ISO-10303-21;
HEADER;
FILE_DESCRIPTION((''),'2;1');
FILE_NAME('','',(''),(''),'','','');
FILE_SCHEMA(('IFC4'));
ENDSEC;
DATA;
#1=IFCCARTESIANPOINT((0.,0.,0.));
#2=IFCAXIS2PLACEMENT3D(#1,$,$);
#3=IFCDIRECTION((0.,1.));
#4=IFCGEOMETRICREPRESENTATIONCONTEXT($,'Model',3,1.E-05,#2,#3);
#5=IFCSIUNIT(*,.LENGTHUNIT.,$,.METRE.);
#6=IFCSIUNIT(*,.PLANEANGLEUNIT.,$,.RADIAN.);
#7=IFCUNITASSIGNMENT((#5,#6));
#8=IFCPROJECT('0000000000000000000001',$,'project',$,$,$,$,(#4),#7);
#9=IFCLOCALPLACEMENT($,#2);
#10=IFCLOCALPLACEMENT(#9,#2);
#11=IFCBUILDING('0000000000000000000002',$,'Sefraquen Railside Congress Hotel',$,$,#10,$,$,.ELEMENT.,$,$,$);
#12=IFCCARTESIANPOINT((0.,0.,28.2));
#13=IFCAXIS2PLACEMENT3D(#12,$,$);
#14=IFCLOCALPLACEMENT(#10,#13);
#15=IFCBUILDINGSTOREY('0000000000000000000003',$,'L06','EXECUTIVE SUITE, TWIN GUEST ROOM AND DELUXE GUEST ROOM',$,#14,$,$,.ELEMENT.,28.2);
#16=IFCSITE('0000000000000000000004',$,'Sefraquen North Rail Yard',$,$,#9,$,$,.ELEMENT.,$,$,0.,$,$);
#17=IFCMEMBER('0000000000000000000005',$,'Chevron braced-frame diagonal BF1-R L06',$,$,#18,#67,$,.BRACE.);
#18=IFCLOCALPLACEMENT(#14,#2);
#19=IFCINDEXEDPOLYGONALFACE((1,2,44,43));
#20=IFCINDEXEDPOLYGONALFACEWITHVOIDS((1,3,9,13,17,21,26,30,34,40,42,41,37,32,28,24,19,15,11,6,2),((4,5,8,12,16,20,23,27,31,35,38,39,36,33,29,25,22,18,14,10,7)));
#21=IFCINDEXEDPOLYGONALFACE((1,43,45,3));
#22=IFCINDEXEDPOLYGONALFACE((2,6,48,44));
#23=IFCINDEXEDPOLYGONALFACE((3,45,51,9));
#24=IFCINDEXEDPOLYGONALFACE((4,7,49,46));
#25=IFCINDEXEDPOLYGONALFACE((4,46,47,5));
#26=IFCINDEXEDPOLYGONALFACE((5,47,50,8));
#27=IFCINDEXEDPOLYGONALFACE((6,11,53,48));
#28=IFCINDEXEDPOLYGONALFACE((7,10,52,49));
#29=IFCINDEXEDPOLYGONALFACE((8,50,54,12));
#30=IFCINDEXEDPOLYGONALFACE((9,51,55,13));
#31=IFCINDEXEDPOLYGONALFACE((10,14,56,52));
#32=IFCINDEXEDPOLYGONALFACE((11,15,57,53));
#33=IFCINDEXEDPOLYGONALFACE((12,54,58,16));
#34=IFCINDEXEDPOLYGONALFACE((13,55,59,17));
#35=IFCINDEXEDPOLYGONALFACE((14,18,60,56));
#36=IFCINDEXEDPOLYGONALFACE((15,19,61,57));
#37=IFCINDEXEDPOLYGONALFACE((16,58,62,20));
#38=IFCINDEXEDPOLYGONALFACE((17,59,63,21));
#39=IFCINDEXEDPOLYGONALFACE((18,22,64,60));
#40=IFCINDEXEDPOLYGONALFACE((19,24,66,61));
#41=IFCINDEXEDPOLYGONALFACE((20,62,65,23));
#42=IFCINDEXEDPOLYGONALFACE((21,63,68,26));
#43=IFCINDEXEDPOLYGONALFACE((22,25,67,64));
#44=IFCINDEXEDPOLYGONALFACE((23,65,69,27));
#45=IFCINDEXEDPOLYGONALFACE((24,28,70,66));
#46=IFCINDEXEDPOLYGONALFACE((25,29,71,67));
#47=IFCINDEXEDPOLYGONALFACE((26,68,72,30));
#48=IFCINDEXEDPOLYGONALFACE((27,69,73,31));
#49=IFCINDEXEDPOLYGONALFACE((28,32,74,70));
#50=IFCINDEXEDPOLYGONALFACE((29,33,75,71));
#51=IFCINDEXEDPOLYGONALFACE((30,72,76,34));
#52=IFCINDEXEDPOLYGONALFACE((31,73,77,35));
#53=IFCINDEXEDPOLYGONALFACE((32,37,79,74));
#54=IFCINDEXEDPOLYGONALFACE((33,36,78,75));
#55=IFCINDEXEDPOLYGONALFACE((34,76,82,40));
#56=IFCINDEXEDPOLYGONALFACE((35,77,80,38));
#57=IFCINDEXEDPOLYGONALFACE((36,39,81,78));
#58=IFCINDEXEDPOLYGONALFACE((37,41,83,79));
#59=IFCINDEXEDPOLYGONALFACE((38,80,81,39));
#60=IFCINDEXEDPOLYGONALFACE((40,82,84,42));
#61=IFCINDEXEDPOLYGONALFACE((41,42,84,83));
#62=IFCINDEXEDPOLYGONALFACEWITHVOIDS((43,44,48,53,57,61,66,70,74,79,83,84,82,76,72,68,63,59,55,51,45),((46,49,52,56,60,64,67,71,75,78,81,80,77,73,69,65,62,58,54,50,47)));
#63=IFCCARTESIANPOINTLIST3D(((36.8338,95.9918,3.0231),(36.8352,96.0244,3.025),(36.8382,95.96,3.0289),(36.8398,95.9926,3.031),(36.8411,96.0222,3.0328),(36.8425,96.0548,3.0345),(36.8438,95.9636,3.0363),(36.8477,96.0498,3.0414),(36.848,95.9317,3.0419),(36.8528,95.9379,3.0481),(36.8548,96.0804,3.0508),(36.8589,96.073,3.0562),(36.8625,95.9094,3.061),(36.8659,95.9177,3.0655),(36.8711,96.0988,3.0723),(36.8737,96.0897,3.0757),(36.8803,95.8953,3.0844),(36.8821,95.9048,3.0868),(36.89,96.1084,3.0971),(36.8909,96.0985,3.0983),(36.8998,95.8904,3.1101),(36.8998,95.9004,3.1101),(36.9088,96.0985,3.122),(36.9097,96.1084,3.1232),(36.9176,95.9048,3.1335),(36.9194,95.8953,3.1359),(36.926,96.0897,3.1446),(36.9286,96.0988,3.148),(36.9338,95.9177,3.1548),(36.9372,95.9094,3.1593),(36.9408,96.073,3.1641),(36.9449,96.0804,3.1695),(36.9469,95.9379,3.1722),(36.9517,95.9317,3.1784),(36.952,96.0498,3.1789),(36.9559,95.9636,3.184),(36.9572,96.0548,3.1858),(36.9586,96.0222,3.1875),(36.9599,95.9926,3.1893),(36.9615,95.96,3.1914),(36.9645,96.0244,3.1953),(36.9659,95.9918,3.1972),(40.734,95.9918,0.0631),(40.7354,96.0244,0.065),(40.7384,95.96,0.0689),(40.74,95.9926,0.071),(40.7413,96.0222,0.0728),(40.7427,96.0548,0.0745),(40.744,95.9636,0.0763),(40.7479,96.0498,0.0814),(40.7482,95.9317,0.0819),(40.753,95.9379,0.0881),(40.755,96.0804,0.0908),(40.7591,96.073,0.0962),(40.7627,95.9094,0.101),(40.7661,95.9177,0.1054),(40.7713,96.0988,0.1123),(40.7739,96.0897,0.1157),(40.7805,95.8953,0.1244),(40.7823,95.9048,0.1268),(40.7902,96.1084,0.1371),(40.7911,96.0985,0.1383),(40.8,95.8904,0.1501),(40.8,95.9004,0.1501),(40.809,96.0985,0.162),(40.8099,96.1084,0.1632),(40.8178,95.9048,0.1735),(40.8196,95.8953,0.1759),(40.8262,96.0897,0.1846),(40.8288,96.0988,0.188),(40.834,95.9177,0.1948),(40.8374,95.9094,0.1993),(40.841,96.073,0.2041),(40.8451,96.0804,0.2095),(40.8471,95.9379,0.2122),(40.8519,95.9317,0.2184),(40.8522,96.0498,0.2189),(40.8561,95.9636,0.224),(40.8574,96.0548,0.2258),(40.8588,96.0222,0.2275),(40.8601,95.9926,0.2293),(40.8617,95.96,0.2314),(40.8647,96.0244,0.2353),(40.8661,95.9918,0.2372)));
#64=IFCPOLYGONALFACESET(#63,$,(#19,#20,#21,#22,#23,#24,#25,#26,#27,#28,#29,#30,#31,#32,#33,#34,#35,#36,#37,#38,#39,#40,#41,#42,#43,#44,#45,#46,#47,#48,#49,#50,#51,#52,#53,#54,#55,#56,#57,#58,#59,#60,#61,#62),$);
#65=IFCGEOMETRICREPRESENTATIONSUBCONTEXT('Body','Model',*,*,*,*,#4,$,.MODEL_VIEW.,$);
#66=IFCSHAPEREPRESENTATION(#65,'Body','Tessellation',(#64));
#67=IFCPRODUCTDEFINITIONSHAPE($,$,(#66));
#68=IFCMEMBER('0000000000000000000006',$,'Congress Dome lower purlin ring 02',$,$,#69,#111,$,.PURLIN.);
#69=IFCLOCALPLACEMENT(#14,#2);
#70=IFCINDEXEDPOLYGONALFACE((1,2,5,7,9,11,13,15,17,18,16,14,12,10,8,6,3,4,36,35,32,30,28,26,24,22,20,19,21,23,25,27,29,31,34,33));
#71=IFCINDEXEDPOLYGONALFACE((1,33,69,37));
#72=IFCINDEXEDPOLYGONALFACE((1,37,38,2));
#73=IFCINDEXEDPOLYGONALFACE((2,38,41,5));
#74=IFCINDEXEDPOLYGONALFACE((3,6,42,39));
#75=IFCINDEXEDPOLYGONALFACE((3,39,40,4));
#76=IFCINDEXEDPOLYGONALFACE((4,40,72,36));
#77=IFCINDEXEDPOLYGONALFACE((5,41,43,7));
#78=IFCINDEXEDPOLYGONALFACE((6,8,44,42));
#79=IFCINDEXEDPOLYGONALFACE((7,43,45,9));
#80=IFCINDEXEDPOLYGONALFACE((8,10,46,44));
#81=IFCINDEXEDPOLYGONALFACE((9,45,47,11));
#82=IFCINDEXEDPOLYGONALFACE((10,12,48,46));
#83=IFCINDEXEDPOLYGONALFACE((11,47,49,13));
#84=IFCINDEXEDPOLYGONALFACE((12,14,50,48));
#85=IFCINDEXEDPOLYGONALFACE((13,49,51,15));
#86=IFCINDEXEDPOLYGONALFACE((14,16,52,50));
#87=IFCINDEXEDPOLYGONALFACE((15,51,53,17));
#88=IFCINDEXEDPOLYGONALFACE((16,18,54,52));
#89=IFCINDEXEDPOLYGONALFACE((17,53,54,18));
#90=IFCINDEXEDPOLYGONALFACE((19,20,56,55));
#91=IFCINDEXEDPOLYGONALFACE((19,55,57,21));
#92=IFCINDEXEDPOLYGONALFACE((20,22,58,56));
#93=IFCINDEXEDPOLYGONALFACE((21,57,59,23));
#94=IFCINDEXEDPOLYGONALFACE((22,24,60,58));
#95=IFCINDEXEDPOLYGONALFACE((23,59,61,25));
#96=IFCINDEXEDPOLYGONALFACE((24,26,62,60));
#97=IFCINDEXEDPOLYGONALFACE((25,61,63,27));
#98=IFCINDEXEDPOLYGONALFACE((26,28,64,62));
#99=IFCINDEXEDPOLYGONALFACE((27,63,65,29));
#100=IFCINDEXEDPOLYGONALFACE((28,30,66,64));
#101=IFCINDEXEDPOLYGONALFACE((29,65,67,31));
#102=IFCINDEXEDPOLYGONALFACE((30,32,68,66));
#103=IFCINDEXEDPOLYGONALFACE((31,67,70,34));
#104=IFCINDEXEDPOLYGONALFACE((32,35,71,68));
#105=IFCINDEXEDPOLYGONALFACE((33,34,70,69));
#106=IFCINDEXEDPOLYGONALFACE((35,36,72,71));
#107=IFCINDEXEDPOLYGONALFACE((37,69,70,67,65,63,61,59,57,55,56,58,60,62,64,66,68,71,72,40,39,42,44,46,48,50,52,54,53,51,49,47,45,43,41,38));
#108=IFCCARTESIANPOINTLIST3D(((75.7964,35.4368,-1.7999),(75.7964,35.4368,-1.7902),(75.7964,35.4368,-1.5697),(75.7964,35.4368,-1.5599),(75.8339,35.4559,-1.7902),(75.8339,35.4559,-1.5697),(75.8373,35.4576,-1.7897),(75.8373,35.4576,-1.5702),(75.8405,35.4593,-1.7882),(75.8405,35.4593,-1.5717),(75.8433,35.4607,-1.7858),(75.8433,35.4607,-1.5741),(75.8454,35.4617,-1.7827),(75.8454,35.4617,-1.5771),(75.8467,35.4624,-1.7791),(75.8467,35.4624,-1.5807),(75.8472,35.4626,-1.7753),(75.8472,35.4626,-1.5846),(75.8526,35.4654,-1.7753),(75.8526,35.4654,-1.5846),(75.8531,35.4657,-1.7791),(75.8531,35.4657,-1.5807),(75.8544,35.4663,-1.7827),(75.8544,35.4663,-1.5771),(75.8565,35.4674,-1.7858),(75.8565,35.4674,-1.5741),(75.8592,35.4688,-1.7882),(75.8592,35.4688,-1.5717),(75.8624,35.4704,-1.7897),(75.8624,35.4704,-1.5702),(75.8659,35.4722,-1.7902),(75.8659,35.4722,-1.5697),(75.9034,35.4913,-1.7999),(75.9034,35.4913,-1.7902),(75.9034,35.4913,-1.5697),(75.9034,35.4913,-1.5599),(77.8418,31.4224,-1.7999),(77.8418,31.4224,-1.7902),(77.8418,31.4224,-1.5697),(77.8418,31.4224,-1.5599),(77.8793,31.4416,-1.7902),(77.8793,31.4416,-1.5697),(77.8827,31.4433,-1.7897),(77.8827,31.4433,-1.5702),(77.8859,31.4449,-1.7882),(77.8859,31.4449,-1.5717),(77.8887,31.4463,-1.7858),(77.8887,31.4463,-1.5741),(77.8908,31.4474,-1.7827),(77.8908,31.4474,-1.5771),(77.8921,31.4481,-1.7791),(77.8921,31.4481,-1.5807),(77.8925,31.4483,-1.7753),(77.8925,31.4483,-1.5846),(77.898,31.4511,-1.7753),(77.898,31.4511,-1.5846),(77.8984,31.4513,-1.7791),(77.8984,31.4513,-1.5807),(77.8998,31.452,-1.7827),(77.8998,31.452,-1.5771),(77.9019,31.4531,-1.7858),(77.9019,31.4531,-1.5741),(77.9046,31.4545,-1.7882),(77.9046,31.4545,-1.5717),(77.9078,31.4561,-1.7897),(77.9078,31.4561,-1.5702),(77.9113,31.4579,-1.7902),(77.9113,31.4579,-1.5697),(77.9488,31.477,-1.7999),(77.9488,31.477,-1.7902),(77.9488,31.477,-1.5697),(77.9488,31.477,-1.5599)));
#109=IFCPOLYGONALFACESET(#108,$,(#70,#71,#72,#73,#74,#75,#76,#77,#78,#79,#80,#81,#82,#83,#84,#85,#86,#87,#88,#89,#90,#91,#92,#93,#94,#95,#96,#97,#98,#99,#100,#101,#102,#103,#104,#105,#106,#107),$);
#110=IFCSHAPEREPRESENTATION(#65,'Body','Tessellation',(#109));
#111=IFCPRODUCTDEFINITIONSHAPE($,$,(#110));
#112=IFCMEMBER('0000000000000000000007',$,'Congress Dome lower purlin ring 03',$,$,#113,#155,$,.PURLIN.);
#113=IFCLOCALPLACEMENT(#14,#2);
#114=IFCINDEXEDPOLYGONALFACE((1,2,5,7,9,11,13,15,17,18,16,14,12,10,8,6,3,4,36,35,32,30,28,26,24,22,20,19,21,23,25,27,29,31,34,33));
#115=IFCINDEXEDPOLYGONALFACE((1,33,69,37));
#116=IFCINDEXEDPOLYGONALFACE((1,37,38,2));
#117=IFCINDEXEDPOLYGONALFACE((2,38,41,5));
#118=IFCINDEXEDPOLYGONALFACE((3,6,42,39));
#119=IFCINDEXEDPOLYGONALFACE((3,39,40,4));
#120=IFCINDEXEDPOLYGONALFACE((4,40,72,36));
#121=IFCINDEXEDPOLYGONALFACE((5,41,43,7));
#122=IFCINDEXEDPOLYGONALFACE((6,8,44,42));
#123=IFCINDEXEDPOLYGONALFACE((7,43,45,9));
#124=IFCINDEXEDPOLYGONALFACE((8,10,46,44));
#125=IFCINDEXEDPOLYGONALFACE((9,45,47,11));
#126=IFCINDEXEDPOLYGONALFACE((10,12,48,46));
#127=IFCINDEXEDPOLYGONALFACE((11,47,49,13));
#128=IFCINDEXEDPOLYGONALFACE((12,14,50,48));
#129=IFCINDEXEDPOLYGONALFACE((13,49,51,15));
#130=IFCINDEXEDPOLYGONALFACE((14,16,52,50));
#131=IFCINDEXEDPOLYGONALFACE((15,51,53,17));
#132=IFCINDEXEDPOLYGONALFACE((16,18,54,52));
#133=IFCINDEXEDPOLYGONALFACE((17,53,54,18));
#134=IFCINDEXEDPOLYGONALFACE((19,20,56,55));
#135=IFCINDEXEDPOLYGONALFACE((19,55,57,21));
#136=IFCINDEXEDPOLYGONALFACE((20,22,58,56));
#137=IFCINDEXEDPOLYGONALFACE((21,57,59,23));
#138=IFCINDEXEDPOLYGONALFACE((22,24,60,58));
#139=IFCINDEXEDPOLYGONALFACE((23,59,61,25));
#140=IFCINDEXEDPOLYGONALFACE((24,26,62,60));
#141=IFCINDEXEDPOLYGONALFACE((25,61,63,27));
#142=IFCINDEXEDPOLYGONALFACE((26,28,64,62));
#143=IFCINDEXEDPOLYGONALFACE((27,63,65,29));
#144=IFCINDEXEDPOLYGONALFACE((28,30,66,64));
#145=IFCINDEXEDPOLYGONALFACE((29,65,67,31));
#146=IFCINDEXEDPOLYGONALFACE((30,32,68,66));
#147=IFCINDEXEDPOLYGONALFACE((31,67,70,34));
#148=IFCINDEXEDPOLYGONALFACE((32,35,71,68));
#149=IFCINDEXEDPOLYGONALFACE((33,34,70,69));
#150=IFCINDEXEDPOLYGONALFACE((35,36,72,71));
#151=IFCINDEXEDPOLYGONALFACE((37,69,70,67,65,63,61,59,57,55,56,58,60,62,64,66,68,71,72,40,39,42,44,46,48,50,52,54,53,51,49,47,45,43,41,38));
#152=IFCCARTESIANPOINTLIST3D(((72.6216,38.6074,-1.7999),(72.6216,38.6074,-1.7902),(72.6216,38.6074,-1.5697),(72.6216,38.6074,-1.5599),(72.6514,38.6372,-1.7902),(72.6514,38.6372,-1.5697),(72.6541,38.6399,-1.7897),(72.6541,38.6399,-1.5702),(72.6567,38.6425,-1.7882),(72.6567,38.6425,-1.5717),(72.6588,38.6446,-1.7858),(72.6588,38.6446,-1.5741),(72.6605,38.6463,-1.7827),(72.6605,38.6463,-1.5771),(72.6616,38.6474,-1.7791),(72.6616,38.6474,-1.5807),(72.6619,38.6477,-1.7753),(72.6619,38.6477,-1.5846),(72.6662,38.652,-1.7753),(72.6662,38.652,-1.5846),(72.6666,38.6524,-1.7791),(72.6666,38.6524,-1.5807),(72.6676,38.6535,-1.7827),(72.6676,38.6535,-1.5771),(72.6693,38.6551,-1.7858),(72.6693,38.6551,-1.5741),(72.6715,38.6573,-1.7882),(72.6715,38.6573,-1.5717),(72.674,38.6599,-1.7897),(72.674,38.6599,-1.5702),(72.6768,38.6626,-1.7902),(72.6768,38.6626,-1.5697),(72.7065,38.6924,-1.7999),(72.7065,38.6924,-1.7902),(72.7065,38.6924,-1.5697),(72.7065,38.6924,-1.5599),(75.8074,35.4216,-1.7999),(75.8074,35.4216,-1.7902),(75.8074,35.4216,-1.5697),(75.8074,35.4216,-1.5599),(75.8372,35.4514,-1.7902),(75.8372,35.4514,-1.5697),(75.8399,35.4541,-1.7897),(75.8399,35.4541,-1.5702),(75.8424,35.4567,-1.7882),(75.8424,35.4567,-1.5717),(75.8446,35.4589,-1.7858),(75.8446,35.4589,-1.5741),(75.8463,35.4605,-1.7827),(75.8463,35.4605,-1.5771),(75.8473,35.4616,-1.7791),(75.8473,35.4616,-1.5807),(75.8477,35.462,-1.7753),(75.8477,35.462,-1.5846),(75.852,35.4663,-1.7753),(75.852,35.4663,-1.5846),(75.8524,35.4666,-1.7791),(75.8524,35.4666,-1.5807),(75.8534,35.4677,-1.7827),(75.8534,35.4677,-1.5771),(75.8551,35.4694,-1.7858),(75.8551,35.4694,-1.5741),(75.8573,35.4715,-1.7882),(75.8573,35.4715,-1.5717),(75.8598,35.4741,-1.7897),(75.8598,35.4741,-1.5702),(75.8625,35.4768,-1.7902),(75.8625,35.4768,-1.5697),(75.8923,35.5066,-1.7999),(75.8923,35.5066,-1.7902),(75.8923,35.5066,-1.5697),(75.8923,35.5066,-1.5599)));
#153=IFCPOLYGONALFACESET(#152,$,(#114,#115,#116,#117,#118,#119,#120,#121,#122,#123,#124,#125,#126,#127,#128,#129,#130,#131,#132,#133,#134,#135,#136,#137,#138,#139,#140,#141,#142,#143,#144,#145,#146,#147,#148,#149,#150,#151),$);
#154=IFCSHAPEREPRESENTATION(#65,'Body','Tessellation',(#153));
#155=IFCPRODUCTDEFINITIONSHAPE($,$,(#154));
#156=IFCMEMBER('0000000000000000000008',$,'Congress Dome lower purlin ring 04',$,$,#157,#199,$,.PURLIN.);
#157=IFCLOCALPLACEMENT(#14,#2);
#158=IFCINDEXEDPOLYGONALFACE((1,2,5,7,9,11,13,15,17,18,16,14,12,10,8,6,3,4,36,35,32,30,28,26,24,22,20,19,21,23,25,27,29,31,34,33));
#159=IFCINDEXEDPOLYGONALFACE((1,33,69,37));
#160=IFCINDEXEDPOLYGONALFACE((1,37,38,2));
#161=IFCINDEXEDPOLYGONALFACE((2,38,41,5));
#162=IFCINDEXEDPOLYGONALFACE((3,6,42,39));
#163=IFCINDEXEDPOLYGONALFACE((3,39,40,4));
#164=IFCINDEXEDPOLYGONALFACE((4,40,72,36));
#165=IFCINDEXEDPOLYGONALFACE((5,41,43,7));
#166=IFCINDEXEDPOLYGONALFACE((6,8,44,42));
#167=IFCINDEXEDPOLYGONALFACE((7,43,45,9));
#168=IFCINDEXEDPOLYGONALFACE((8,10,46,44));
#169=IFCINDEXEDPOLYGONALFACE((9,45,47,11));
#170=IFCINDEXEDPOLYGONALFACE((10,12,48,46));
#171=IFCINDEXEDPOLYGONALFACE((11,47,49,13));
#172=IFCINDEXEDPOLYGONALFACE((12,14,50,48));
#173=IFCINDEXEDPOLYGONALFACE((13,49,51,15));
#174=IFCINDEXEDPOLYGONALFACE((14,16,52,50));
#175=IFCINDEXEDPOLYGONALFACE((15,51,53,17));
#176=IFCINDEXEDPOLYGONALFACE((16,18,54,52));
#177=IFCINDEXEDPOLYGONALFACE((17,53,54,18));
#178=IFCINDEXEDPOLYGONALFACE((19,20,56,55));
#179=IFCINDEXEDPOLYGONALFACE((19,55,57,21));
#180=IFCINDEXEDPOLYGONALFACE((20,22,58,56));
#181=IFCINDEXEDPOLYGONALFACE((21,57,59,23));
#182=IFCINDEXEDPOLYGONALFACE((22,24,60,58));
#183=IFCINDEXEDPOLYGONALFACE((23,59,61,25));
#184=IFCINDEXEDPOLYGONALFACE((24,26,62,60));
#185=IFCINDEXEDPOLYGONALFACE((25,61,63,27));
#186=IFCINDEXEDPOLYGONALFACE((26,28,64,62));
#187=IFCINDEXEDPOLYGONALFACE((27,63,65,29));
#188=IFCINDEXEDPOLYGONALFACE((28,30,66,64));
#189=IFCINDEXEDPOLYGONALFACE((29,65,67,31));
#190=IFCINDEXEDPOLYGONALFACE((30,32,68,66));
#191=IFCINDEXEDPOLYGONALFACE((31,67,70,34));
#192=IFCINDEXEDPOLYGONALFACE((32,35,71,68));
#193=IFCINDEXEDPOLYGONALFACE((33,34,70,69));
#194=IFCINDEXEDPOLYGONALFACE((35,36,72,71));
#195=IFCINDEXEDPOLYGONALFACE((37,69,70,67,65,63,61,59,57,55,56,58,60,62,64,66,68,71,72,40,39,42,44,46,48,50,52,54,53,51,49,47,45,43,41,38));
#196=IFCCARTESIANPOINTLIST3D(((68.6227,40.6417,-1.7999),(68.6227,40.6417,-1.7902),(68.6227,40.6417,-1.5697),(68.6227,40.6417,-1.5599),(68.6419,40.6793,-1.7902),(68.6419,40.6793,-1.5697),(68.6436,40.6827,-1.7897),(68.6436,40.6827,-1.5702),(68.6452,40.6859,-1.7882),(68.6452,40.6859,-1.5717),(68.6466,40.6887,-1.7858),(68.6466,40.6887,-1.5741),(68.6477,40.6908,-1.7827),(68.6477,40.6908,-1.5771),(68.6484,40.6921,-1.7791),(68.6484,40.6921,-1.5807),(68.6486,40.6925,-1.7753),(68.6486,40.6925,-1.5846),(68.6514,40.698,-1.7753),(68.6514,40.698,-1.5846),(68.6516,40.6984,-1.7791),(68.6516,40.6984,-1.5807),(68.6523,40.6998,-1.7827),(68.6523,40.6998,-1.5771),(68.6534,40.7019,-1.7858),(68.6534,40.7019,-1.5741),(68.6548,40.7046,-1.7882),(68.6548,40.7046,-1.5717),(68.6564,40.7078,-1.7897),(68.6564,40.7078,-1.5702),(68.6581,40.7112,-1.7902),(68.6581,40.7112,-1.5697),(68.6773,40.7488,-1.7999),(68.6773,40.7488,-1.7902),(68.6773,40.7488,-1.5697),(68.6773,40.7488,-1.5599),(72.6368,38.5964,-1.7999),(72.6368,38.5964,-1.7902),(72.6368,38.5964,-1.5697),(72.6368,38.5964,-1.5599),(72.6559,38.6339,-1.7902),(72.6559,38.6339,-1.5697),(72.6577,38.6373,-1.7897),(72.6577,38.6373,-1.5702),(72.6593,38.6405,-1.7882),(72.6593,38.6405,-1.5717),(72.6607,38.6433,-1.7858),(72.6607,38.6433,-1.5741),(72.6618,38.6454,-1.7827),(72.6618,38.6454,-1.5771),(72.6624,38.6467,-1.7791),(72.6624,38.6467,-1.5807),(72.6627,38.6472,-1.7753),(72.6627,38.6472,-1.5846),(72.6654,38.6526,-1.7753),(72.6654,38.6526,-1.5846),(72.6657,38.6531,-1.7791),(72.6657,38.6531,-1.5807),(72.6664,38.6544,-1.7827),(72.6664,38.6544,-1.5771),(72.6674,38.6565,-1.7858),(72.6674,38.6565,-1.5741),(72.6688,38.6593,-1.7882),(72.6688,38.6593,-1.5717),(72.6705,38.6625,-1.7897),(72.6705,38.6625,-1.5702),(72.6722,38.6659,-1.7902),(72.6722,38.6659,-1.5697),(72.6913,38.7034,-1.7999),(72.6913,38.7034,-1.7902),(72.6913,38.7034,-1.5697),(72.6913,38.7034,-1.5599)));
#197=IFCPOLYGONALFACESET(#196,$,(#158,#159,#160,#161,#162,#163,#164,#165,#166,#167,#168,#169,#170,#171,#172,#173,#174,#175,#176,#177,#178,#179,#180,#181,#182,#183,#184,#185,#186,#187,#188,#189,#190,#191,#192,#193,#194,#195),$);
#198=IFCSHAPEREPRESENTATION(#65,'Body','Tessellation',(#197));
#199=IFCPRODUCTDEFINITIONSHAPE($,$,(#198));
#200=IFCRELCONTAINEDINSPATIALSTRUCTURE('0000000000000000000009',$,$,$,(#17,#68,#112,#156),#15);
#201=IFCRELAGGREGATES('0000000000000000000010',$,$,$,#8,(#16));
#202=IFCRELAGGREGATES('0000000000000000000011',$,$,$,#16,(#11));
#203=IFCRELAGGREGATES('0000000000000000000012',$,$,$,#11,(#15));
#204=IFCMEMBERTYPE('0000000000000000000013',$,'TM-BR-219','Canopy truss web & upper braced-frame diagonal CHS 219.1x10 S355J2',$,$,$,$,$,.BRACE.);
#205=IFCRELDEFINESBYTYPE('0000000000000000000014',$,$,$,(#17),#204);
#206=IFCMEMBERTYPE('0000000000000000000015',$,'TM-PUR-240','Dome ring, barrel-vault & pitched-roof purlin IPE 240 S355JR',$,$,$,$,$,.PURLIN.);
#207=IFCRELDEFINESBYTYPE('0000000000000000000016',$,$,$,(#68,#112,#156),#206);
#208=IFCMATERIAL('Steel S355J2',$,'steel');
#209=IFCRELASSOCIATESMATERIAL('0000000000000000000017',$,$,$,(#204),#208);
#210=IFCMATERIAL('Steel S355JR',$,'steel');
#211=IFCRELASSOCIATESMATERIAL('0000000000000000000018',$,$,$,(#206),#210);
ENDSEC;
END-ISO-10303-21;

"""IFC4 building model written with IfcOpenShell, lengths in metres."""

from ifc_helpers import new_model, si_unit, direction, frame, origin, origin_2d, place, context, subcontext, project, spatial, hollow_circle, i_section, extrude, material, material_profile, profile_set, type_object, element, save


model = new_model("IFC4")

# Units and contexts
model_context = context("Model", 3, precision=1e-05, world=origin(), true_north=direction((0.0, 1.0)))
body_context = subcontext(model_context, "Body", "Model", "MODEL_VIEW")
ifc_project = project(units=[si_unit("LENGTHUNIT", "METRE"), si_unit("PLANEANGLEUNIT", "RADIAN")], contexts=[model_context])

# Site, building, storey
site_placement = place(None, origin())
site = spatial("IfcSite", under=ifc_project, at=site_placement, Name="Sefraquen North Rail Yard", CompositionType="ELEMENT", RefElevation=0.0)
building_placement = place(site_placement, origin())
building = spatial("IfcBuilding", under=site, at=building_placement, Name="Sefraquen Railside Congress Hotel", CompositionType="ELEMENT")
storey_placement = place(building_placement, frame((0.0, 0.0, 28.2)))
storey = spatial("IfcBuildingStorey", under=building, at=storey_placement, Name="L06", Description="EXECUTIVE SUITE, TWIN GUEST ROOM AND DELUXE GUEST ROOM", CompositionType="ELEMENT", Elevation=28.2)

# Shared definitions
ifc_material_1 = material(Name="Steel S355JR", Category="steel")

# Members
ifc_material_2 = material(Name="Steel S355J2", Category="steel")
ifc_material_profile_1 = material_profile(ifc_material_2, hollow_circle(Radius=0.1096, WallThickness=0.01, at=origin_2d()), Name="CHS 219.1x10")
ifc_profile_set_1 = profile_set([ifc_material_profile_1], Name="Steel S355J2")
member_type_1 = type_object("IfcMemberType", Name="TM-BR-219", Description="Canopy truss web & upper braced-frame diagonal CHS 219.1x10 S355J2", PredefinedType="BRACE", material=ifc_profile_set_1)
member_1_placement = place(storey_placement, frame((40.8, 96.0, 0.1501), z_axis=(-0.79657, 0.0, 0.604546), x_axis=(0.0, -1.0, 0.0)))
element("IfcMember", 1, at=member_1_placement, inside=storey, type_object=member_type_1, Name="Chevron braced-frame diagonal BF1-R L06", PredefinedType="BRACE", context=body_context, shape_type="SweptSolid", body=[
    extrude(hollow_circle(Radius=0.1096, WallThickness=0.01, at=origin_2d()), origin(), (0.0, 0.0, 1.0), 4.8962),
])
ifc_material_profile_2 = material_profile(ifc_material_1, i_section(OverallWidth=0.1201, OverallDepth=0.24, WebThickness=0.0061, FlangeThickness=0.0098, FilletRadius=0.0149, at=origin_2d()), Name="IPE 240")
ifc_profile_set_2 = profile_set([ifc_material_profile_2], Name="Steel S355JR")
member_type_2 = type_object("IfcMemberType", Name="TM-PUR-240", Description="Dome ring, barrel-vault & pitched-roof purlin IPE 240 S355JR", PredefinedType="PURLIN", material=ifc_profile_set_2)
for number, where, z_axis, x_axis, name in (
    (2, (77.8953, 31.4497, -1.6799), (-0.453985, 0.891009, 0.0), (-0.891009, -0.453985, 0.0), "Congress Dome lower purlin ring 02"),
    (3, (75.8499, 35.4641, -1.6799), (-0.707107, 0.707107, 0.0), (-0.707107, -0.707107, 0.0), "Congress Dome lower purlin ring 03"),
):
    element("IfcMember", number, at=place(storey_placement, frame(where, z_axis=z_axis, x_axis=x_axis)), inside=storey, type_object=member_type_2, Name=name, PredefinedType="PURLIN", context=body_context, shape_type="SweptSolid", body=[
        extrude(i_section(OverallWidth=0.1201, OverallDepth=0.24, WebThickness=0.0061, FlangeThickness=0.0098, FilletRadius=0.0149, at=origin_2d()), origin(), (0.0, 0.0, 1.0), 4.5054),
    ])
member_2_placement = place(storey_placement, frame((72.6641, 38.6499, -1.6799), z_axis=(-0.890998, 0.454007, 0.0), x_axis=(-0.454007, -0.890998, 0.0)))
element("IfcMember", 4, at=member_2_placement, inside=storey, type_object=member_type_2, Name="Congress Dome lower purlin ring 04", PredefinedType="PURLIN", context=body_context, shape_type="SweptSolid", body=[
    extrude(i_section(OverallWidth=0.1201, OverallDepth=0.24, WebThickness=0.0061, FlangeThickness=0.0098, FilletRadius=0.0149, at=origin_2d()), origin(), (0.0, 0.0, 1.0), 4.5051),
])

save(model, "model.ifc")
